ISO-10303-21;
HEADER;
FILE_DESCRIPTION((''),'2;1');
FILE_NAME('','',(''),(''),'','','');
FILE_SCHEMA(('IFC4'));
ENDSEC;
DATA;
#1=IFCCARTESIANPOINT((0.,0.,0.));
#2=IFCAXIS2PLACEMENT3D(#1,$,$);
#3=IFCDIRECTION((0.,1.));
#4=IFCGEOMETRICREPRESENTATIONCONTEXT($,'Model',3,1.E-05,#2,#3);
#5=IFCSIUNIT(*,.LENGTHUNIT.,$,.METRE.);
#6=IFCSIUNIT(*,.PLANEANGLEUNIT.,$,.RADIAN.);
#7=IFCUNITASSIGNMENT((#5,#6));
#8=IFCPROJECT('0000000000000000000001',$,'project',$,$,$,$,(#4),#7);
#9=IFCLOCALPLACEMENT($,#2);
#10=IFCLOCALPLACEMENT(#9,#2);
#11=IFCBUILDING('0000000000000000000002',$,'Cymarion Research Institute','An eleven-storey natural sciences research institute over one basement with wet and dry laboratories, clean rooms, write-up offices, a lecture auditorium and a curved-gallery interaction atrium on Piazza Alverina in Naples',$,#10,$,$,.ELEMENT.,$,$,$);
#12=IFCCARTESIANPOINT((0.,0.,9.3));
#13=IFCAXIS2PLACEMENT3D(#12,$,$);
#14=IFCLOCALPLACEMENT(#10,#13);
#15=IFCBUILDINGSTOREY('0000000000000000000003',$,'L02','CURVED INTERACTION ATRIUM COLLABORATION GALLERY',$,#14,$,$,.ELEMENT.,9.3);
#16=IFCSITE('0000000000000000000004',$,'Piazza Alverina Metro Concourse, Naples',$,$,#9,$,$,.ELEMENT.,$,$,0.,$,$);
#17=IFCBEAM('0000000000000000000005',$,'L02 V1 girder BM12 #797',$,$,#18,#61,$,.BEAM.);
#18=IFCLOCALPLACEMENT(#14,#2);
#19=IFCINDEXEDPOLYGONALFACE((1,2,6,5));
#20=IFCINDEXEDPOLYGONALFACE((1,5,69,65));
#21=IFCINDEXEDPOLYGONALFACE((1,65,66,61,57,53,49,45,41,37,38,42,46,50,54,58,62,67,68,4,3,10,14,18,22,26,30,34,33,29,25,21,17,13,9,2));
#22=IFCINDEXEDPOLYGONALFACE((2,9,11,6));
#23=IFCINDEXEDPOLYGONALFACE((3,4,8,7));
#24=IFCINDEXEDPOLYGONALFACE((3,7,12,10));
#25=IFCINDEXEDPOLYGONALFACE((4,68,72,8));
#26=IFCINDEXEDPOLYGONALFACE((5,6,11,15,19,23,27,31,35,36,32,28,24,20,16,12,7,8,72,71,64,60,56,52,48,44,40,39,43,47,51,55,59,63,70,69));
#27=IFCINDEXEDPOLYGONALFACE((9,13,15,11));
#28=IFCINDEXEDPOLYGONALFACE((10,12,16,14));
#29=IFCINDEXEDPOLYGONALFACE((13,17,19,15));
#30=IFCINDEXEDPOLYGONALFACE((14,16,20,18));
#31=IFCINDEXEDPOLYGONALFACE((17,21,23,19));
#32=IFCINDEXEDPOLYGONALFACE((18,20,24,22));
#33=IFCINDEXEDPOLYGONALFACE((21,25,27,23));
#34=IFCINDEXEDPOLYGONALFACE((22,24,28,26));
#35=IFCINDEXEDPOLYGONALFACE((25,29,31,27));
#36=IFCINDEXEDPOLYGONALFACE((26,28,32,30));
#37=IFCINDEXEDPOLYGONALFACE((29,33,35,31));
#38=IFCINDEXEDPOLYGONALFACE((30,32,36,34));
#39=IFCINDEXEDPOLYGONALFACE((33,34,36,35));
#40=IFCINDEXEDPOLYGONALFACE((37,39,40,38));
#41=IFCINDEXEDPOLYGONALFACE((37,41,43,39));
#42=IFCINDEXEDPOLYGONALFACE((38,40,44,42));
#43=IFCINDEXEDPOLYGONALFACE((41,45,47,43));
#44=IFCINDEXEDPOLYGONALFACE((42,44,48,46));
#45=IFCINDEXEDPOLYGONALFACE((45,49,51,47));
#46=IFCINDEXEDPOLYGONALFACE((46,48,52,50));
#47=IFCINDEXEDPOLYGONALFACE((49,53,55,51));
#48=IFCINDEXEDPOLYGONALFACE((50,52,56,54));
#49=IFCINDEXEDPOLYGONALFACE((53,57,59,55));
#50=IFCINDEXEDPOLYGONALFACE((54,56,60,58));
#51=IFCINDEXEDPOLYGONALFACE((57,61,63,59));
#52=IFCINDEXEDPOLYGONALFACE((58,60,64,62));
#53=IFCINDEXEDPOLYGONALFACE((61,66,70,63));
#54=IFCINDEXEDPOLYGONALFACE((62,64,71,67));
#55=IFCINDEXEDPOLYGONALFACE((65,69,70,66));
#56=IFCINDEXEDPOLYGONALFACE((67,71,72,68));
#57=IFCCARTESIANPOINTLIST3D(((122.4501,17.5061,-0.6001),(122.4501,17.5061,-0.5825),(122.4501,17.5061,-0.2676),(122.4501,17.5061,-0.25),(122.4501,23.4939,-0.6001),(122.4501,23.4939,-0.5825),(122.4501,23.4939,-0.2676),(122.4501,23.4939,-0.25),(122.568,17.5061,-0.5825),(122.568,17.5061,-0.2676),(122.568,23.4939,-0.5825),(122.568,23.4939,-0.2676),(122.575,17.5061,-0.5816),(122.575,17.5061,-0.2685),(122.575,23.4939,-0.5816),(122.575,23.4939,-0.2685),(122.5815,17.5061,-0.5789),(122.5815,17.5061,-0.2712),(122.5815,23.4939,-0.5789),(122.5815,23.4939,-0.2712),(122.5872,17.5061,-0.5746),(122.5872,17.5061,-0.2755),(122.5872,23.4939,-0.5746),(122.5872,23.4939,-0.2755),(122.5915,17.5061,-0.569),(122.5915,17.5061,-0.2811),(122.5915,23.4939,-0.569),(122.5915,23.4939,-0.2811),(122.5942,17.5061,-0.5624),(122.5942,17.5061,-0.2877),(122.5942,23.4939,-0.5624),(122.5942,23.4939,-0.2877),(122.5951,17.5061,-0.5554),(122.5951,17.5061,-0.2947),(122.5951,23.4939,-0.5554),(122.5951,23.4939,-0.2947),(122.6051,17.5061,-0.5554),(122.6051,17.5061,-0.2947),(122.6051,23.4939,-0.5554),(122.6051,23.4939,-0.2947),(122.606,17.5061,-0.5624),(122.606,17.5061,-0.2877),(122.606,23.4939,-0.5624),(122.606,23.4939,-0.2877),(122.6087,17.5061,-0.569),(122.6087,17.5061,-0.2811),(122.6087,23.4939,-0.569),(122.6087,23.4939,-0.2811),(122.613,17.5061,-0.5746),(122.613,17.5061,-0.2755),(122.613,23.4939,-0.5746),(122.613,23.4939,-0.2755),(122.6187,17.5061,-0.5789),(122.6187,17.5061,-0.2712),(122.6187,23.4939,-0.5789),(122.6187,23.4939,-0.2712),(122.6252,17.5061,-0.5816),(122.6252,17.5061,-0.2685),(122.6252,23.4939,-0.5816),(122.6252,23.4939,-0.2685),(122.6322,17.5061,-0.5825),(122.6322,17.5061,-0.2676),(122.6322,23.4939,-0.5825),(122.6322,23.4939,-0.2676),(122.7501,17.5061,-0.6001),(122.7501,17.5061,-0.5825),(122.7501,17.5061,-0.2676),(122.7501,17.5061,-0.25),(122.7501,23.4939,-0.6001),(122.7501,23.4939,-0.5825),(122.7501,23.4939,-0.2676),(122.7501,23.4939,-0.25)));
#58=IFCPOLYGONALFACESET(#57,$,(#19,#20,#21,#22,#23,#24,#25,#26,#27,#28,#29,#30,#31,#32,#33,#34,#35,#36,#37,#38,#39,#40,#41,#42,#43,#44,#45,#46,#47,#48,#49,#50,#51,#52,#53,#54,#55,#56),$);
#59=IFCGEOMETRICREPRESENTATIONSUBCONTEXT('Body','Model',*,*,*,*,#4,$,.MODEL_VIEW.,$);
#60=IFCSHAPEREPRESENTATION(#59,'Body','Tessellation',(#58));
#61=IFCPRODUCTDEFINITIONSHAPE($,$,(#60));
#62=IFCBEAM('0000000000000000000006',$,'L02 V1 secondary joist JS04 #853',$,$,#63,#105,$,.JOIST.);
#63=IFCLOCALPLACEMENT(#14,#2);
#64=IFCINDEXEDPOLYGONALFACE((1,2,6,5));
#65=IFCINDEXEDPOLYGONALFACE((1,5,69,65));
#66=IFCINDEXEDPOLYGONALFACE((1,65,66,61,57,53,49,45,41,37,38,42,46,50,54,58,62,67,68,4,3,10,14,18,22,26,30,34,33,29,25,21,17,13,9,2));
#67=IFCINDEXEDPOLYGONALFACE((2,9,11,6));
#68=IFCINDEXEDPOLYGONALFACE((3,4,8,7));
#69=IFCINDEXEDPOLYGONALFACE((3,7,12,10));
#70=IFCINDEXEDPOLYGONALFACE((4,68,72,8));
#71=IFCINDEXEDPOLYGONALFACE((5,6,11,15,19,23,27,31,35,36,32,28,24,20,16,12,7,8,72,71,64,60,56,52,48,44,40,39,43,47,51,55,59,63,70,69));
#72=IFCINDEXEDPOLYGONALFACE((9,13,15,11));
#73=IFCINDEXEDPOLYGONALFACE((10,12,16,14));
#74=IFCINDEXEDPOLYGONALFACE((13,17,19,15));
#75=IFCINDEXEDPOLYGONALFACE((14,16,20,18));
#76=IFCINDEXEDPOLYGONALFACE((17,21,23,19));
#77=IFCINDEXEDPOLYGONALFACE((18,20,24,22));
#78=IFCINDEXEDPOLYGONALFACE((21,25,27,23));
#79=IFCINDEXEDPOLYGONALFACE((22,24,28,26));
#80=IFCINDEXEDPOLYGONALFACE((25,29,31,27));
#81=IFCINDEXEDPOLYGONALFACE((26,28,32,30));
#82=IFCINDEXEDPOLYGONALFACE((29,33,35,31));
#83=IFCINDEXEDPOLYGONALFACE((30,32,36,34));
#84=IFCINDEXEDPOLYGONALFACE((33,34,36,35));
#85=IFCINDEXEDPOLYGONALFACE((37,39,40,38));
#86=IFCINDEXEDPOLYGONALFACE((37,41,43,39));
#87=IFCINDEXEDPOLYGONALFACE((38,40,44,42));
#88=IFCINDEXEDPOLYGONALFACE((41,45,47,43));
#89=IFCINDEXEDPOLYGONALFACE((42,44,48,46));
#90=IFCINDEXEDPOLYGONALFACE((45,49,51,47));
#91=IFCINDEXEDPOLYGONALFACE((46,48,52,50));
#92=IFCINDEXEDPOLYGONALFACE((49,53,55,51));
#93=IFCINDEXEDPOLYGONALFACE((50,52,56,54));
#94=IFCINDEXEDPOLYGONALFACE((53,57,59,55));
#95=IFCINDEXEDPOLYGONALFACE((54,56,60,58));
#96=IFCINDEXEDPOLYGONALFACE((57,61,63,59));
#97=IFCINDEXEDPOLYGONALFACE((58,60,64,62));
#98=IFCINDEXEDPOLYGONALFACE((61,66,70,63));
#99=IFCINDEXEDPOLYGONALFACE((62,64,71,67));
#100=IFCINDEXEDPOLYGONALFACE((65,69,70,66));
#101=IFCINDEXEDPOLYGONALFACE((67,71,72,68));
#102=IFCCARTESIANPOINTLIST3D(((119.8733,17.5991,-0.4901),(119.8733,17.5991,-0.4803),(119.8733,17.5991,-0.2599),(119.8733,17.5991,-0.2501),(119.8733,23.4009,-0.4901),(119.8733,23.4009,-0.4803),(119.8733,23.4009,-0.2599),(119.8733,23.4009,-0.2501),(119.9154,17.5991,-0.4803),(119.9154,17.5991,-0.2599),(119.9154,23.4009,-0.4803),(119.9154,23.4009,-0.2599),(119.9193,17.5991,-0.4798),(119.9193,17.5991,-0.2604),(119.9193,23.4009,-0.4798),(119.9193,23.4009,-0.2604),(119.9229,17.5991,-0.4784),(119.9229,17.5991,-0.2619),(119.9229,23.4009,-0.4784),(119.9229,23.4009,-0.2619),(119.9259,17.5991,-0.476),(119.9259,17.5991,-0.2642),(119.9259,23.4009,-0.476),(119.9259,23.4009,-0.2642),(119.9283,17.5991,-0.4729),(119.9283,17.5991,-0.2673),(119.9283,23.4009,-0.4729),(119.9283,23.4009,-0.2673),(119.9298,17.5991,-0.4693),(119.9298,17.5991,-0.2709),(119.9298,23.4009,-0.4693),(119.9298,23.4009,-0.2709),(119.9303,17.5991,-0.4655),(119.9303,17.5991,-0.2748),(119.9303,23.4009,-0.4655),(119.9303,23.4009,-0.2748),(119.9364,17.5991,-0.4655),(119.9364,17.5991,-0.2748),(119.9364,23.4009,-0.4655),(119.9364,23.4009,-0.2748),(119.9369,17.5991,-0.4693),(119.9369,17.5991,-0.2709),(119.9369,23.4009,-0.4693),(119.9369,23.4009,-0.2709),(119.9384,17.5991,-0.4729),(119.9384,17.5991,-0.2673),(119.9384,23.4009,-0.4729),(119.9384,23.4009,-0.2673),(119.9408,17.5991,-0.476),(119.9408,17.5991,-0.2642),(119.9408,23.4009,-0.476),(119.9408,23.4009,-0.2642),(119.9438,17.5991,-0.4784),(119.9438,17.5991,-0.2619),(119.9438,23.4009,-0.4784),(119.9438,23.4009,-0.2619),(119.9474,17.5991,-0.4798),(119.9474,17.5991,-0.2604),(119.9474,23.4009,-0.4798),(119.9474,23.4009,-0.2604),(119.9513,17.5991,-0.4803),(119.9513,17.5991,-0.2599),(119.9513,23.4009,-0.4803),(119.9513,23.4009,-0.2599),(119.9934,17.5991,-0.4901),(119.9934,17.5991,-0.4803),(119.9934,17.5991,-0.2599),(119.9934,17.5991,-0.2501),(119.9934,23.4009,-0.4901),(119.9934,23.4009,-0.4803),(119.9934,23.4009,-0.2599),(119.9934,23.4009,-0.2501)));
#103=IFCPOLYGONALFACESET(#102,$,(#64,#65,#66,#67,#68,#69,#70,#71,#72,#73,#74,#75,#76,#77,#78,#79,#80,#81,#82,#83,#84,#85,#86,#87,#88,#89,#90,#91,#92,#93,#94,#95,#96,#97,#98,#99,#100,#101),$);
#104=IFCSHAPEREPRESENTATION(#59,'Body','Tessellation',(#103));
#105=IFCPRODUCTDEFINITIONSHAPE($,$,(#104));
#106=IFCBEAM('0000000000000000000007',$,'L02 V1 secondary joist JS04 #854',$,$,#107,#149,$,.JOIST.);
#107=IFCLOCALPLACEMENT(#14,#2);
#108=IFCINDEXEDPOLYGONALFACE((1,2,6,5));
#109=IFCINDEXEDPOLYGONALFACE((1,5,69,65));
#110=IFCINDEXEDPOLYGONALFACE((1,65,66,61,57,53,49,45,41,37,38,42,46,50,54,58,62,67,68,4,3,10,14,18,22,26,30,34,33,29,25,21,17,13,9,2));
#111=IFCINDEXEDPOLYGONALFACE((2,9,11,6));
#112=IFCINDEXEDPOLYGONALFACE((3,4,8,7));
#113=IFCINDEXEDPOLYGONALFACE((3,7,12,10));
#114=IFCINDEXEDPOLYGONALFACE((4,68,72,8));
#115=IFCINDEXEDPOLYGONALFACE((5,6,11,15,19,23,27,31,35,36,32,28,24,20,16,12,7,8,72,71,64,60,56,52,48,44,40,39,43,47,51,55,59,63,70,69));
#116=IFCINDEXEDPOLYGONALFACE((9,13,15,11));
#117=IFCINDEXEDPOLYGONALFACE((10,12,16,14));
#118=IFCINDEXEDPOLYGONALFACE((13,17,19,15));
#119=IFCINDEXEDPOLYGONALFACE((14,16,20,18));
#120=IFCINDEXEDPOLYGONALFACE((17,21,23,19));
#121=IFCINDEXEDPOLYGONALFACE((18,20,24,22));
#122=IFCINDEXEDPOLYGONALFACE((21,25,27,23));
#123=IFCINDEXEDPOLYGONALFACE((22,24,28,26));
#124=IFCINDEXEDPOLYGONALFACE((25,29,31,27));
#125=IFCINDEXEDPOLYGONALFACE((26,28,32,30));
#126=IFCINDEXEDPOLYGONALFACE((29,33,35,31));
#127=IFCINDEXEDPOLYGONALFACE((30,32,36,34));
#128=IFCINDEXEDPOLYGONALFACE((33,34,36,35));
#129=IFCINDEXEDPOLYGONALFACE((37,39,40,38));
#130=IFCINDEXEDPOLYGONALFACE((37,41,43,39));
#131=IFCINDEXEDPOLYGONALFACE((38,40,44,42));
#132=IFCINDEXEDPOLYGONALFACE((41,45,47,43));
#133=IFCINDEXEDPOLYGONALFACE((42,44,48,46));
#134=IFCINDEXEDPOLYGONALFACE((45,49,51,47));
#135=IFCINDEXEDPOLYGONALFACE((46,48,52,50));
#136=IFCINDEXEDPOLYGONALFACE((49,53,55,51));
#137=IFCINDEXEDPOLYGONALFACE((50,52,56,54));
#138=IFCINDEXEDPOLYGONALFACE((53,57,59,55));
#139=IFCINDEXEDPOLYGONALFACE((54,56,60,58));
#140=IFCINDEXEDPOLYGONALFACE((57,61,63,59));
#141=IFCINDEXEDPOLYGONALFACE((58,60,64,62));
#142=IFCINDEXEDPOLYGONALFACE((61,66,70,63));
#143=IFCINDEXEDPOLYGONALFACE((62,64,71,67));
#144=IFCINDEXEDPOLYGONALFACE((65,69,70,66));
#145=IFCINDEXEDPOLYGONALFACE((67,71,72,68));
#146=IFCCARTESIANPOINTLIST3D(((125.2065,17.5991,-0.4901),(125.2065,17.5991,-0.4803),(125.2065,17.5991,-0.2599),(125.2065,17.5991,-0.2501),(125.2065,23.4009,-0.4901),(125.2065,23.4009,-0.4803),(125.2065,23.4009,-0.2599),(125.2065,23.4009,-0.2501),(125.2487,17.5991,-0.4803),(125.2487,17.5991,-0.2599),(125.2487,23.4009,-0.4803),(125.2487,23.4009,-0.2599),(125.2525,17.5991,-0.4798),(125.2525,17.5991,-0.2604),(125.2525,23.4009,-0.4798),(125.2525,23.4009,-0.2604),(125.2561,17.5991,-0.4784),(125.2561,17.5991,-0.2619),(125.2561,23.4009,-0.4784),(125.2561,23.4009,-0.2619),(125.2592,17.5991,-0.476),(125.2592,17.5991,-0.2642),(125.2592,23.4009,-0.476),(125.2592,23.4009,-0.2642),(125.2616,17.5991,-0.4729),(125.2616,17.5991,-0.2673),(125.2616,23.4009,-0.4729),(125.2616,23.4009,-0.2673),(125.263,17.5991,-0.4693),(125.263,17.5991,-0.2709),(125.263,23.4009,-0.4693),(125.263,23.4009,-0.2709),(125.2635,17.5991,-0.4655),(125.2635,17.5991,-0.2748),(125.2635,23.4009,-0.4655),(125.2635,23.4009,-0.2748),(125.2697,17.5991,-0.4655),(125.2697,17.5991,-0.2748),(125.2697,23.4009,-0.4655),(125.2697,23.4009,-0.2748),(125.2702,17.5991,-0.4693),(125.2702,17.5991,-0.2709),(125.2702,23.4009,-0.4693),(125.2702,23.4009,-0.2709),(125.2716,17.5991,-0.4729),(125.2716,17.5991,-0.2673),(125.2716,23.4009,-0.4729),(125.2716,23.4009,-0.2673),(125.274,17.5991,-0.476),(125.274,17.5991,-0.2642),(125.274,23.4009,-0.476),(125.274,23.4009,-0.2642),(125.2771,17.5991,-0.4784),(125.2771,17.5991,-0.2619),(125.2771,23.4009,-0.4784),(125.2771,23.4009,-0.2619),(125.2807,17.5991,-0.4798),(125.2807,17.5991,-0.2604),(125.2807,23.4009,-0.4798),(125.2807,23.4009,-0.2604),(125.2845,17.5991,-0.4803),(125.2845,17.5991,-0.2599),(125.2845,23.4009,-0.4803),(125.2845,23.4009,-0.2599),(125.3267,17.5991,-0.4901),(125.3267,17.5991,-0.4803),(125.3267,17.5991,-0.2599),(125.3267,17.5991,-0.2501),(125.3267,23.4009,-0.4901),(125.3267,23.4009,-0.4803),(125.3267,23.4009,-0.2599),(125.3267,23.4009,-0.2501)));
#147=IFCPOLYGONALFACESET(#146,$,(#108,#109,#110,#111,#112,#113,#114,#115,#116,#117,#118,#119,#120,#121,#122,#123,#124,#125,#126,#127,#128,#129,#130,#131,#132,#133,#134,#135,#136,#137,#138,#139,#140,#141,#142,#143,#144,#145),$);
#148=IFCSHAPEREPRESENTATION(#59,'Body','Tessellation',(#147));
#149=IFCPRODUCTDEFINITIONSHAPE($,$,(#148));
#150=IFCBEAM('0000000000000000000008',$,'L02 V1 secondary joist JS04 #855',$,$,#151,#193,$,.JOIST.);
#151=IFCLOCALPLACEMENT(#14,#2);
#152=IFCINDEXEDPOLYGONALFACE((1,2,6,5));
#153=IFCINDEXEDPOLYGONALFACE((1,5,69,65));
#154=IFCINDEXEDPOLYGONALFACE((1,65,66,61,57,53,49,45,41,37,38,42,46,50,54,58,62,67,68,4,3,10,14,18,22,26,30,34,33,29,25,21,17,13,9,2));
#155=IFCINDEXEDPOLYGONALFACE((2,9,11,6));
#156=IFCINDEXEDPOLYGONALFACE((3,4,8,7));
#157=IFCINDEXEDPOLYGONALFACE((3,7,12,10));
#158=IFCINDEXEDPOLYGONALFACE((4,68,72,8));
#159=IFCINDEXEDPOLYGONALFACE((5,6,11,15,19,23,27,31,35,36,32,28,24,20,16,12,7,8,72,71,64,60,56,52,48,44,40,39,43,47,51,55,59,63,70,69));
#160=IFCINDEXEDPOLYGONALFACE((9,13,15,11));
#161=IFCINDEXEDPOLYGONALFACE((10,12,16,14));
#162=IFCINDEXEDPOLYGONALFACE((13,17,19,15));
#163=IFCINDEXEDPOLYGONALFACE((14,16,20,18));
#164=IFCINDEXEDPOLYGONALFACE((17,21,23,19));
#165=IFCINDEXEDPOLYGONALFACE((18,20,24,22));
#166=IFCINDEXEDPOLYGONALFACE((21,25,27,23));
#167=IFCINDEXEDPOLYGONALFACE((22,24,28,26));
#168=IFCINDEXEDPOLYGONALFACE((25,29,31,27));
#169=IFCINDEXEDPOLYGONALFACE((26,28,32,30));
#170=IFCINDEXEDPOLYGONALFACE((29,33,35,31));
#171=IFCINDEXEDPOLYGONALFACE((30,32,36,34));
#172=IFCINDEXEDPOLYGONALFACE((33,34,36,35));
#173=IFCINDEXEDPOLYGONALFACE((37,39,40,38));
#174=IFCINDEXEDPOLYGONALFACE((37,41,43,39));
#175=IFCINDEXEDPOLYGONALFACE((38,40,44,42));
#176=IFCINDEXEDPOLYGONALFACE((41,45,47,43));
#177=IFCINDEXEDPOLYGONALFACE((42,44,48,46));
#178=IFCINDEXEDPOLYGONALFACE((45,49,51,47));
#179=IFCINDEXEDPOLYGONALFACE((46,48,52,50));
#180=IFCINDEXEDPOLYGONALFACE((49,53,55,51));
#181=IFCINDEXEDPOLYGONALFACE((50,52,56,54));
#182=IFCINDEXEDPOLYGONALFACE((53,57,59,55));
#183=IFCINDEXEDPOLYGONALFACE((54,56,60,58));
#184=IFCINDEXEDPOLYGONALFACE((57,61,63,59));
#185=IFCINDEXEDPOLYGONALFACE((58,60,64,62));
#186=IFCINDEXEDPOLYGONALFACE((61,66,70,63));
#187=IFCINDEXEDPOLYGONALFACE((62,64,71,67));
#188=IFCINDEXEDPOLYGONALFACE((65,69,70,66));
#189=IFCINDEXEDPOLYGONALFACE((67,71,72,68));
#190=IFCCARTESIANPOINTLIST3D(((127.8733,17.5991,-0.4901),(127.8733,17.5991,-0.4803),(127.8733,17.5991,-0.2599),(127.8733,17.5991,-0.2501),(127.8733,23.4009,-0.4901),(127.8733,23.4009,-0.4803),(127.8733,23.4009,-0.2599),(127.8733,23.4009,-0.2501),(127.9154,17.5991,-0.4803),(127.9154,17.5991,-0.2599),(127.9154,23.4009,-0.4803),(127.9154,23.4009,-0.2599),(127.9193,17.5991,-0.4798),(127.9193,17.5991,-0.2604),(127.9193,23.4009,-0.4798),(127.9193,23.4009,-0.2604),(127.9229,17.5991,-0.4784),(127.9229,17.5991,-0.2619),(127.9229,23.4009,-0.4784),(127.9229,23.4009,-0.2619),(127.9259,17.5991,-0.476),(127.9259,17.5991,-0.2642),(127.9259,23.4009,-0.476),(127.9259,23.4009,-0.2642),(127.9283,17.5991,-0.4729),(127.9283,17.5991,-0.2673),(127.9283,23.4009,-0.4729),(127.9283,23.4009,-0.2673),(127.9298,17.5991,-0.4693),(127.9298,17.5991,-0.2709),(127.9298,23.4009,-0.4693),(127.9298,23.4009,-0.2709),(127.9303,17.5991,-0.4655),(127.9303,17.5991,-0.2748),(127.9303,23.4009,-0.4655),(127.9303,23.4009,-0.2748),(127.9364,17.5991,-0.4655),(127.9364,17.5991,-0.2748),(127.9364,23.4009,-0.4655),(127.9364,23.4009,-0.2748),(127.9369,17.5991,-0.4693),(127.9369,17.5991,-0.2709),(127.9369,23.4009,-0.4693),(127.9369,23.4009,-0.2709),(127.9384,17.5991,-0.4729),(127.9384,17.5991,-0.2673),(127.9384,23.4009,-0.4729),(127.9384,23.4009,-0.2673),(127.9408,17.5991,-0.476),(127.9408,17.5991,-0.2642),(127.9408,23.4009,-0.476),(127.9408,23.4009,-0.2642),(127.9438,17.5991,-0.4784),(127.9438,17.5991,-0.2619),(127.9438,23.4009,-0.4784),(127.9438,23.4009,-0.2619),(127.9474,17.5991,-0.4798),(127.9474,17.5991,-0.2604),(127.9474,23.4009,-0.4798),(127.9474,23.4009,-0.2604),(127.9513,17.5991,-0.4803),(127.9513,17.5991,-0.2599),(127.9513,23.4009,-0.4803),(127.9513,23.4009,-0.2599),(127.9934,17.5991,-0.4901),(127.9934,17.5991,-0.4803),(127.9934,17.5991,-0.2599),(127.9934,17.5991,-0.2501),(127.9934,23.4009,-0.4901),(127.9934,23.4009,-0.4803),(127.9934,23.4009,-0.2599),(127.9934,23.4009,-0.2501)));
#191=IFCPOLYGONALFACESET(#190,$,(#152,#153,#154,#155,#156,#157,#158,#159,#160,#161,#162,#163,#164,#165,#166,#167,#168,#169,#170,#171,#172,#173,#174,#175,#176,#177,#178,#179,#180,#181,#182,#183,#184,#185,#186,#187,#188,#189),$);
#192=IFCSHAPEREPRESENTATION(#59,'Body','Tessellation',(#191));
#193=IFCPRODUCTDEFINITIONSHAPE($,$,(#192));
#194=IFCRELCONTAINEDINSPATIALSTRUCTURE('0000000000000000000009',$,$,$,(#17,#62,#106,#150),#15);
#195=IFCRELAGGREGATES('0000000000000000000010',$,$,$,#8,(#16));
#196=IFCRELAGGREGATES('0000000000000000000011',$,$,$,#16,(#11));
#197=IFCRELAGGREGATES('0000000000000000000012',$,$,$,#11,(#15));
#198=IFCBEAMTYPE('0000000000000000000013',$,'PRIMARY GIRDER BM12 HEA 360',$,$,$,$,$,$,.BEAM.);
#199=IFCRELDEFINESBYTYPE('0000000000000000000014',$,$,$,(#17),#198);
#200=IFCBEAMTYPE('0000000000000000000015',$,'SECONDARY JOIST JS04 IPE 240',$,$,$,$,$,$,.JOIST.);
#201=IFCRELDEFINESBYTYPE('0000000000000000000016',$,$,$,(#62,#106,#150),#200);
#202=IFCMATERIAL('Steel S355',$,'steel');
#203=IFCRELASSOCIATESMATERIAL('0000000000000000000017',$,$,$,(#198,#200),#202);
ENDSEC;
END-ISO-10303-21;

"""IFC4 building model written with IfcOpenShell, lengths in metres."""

from ifc_helpers import new_model, si_unit, direction, frame, origin, origin_2d, place, context, subcontext, project, spatial, i_section, extrude, material, material_profile, profile_set, type_object, element, save


model = new_model("IFC4")

# Units and contexts
model_context = context("Model", 3, precision=1e-05, world=origin(), true_north=direction((0.0, 1.0)))
body_context = subcontext(model_context, "Body", "Model", "MODEL_VIEW")
ifc_project = project(units=[si_unit("LENGTHUNIT", "METRE"), si_unit("PLANEANGLEUNIT", "RADIAN")], contexts=[model_context])

# Site, building, storey
site_placement = place(None, origin())
site = spatial("IfcSite", under=ifc_project, at=site_placement, Name="Piazza Alverina Metro Concourse, Naples", CompositionType="ELEMENT", RefElevation=0.0)
building_placement = place(site_placement, origin())
building = spatial("IfcBuilding", under=site, at=building_placement, Name="Cymarion Research Institute", Description="An eleven-storey natural sciences research institute over one basement with wet and dry laboratories, clean rooms, write-up offices, a lecture auditorium and a curved-gallery interaction atrium on Piazza Alverina in Naples", CompositionType="ELEMENT")
storey_placement = place(building_placement, frame((0.0, 0.0, 9.3)))
storey = spatial("IfcBuildingStorey", under=building, at=storey_placement, Name="L02", Description="CURVED INTERACTION ATRIUM COLLABORATION GALLERY", CompositionType="ELEMENT", Elevation=9.3)

# Shared definitions
ifc_material_1 = material(Name="Steel S355", Category="steel")

# Beams
ifc_material_profile_1 = material_profile(ifc_material_1, i_section(OverallWidth=0.3, OverallDepth=0.3501, WebThickness=0.01, FlangeThickness=0.0176, FilletRadius=0.0271, at=origin_2d()), Name="HEA 360")
ifc_profile_set_1 = profile_set([ifc_material_profile_1], Name="Steel S355")
beam_type_1 = type_object("IfcBeamType", Name="PRIMARY GIRDER BM12 HEA 360", PredefinedType="BEAM", material=ifc_profile_set_1)
beam_placement = place(storey_placement, frame((122.6001, 17.5061, -0.425), z_axis=(0.0, 1.0, 0.0), x_axis=(-1.0, 0.0, 0.0)))
element("IfcBeam", 1, at=beam_placement, inside=storey, type_object=beam_type_1, Name="L02 V1 girder BM12 #797", PredefinedType="BEAM", context=body_context, shape_type="SweptSolid", body=[
    extrude(i_section(OverallWidth=0.3, OverallDepth=0.3501, WebThickness=0.01, FlangeThickness=0.0176, FilletRadius=0.0271, at=origin_2d()), origin(), (0.0, 0.0, 1.0), 5.9878),
])
ifc_material_profile_2 = material_profile(ifc_material_1, i_section(OverallWidth=0.1201, OverallDepth=0.24, WebThickness=0.0061, FlangeThickness=0.0098, FilletRadius=0.0149, at=origin_2d()), Name="IPE 240")
ifc_profile_set_2 = profile_set([ifc_material_profile_2], Name="Steel S355")
beam_type_2 = type_object("IfcBeamType", Name="SECONDARY JOIST JS04 IPE 240", PredefinedType="JOIST", material=ifc_profile_set_2)
for number, where, z_axis, x_axis, name in (
    (2, (119.9333, 17.5991, -0.3701), (0.0, 1.0, 0.0), (-1.0, 0.0, 0.0), "L02 V1 secondary joist JS04 #853"),
    (3, (125.2666, 17.5991, -0.3701), (0.0, 1.0, 0.0), (-1.0, 0.0, 0.0), "L02 V1 secondary joist JS04 #854"),
    (4, (127.9333, 17.5991, -0.3701), (0.0, 1.0, 0.0), (-1.0, 0.0, 0.0), "L02 V1 secondary joist JS04 #855"),
):
    element("IfcBeam", number, at=place(storey_placement, frame(where, z_axis=z_axis, x_axis=x_axis)), inside=storey, type_object=beam_type_2, Name=name, PredefinedType="JOIST", context=body_context, shape_type="SweptSolid", body=[
        extrude(i_section(OverallWidth=0.1201, OverallDepth=0.24, WebThickness=0.0061, FlangeThickness=0.0098, FilletRadius=0.0149, at=origin_2d()), origin(), (0.0, 0.0, 1.0), 5.8018),
    ])

save(model, "model.ifc")
